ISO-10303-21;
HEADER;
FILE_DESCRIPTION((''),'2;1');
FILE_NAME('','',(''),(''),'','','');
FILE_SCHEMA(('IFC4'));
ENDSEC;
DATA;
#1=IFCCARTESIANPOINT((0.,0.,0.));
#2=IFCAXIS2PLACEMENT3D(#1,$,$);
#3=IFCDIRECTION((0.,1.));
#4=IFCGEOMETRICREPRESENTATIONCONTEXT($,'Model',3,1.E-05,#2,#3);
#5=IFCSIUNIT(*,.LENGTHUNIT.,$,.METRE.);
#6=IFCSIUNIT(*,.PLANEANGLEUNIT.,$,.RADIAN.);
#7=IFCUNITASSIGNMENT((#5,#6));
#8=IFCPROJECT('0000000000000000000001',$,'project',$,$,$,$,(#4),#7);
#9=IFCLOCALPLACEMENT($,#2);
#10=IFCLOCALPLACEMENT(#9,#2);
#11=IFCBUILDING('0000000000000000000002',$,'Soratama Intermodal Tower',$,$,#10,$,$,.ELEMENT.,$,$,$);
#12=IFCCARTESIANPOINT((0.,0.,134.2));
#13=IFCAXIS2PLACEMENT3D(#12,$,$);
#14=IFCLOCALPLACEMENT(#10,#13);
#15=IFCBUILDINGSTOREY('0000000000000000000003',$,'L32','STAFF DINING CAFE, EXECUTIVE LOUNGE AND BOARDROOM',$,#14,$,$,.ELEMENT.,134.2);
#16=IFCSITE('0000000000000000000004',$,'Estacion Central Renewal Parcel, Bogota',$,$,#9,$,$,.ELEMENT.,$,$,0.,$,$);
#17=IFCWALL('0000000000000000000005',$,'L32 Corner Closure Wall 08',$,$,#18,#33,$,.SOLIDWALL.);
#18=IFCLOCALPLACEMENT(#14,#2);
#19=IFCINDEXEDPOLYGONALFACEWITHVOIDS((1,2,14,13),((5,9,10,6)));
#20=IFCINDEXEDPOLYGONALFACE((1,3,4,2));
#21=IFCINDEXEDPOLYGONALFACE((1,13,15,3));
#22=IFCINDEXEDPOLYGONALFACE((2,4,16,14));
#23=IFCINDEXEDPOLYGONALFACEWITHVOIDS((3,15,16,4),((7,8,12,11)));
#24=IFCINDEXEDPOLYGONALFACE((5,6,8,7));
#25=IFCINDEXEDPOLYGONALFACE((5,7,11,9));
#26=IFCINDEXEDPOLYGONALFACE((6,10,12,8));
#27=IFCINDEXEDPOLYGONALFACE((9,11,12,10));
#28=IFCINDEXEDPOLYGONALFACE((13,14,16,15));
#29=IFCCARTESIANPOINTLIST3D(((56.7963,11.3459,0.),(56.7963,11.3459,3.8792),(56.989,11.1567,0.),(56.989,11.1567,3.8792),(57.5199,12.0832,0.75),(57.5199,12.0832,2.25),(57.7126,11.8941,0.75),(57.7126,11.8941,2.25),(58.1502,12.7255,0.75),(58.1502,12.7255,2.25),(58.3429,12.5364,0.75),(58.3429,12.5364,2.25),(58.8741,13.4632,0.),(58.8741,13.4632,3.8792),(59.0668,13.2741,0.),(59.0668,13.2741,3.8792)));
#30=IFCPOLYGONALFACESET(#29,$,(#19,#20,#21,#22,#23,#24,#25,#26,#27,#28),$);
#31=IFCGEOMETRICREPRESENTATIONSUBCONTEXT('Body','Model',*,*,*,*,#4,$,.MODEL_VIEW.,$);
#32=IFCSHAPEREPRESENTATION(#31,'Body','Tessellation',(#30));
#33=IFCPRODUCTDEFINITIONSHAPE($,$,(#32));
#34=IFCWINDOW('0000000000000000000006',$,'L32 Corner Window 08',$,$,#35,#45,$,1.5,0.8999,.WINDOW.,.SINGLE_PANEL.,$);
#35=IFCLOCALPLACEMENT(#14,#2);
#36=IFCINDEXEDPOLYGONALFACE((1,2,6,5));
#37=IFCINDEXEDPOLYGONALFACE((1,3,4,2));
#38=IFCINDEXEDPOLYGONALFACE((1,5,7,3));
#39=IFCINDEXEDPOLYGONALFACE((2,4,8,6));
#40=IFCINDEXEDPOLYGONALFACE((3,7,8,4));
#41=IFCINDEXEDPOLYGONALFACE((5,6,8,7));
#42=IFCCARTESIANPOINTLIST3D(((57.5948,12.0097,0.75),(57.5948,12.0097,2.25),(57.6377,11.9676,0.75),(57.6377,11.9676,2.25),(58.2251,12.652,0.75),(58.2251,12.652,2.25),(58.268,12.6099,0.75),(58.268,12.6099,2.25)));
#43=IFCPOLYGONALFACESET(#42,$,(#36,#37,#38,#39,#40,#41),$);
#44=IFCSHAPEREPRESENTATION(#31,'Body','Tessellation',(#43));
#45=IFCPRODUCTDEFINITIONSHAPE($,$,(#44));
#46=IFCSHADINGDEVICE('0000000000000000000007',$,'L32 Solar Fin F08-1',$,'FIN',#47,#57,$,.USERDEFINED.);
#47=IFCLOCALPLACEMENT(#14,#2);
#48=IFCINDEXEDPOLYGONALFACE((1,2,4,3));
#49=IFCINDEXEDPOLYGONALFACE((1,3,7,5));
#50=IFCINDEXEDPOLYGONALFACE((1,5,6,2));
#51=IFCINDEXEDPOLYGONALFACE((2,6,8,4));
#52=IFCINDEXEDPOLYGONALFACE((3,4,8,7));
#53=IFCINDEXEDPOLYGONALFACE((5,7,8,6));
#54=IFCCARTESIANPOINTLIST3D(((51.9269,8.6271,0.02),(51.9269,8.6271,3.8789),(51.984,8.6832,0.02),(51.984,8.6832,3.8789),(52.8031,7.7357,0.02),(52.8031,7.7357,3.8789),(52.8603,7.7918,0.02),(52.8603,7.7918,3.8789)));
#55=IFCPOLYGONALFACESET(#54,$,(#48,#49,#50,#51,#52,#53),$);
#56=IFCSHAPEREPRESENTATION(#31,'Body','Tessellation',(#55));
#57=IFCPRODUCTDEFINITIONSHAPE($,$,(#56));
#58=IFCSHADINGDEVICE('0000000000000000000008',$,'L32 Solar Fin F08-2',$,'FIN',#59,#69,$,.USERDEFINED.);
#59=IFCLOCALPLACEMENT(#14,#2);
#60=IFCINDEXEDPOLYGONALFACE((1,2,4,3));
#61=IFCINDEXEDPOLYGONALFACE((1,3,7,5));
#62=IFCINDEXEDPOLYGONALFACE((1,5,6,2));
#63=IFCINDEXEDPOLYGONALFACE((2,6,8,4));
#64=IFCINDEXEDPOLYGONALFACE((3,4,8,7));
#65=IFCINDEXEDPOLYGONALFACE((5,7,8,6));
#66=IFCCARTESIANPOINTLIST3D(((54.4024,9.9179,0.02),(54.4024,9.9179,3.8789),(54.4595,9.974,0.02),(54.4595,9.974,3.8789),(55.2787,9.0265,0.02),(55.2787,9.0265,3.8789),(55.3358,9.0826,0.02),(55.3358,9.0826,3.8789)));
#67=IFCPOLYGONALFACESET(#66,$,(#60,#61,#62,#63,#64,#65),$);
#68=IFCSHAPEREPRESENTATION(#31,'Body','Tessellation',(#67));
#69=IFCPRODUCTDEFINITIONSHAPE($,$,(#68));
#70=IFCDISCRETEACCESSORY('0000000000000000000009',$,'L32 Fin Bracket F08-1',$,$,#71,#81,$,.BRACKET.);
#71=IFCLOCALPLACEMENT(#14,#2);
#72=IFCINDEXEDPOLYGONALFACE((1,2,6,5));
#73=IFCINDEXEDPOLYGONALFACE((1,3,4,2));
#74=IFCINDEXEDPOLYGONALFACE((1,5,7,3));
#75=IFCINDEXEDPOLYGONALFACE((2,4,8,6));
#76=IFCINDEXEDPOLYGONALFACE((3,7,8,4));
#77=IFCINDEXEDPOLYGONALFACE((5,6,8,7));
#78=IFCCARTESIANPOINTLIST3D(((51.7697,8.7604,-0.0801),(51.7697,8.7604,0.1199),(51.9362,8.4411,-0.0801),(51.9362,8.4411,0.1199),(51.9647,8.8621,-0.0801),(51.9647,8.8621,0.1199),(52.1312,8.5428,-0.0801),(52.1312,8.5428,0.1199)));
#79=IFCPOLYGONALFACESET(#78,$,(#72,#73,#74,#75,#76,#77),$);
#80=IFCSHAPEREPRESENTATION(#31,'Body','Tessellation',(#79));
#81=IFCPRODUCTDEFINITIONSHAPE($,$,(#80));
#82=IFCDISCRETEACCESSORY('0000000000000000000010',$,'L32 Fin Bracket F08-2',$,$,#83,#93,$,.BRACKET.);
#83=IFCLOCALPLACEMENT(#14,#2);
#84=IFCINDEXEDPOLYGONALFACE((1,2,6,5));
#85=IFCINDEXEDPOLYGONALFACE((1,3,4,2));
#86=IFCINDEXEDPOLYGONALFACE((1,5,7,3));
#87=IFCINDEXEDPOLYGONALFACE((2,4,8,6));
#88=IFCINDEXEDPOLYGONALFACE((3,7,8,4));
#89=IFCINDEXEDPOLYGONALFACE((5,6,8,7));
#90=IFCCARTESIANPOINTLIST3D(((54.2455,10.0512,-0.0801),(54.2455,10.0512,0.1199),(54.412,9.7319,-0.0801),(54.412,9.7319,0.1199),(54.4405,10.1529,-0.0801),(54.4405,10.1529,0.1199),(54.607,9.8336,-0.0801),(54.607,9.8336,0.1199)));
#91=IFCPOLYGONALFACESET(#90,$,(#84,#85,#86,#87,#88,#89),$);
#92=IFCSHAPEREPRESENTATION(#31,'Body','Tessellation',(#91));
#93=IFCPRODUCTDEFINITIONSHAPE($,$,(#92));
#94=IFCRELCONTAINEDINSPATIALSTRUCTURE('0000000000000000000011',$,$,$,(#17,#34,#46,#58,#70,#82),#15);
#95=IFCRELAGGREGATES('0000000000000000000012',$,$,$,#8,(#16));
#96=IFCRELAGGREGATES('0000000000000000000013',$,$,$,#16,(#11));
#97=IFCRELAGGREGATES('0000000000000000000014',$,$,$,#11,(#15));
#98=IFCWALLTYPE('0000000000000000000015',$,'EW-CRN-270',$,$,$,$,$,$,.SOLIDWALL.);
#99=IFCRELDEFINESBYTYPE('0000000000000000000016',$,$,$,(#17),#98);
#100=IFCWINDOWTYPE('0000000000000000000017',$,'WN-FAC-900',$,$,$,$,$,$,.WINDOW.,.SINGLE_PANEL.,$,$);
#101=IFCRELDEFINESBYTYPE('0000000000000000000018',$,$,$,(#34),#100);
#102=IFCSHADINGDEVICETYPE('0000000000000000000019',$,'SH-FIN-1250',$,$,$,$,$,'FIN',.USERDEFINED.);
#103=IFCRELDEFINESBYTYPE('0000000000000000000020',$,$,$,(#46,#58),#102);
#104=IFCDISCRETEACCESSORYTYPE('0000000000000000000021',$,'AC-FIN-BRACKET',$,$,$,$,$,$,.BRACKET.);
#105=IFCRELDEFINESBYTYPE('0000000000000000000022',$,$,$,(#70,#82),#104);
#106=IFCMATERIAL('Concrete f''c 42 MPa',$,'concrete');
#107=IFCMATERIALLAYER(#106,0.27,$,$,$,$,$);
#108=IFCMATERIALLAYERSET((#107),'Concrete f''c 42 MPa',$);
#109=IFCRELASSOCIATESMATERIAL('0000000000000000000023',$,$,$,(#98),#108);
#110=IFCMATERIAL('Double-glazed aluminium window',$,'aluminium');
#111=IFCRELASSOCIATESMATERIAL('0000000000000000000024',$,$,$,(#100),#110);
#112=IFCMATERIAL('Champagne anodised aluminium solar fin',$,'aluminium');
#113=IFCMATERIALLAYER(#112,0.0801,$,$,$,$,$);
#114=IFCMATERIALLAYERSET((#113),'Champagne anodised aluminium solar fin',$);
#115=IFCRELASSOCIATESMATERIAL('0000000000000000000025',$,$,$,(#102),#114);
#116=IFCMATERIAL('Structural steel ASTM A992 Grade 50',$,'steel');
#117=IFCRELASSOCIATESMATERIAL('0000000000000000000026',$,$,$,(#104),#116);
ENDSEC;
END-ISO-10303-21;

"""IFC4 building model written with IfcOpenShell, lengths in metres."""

from ifc_helpers import new_model, si_unit, direction, frame, frame_2d, origin, origin_2d, place, context, subcontext, project, spatial, rectangle, extrude, material, layer, layer_set, type_object, element, fill, save


model = new_model("IFC4")

# Units and contexts
model_context = context("Model", 3, precision=1e-05, world=origin(), true_north=direction((0.0, 1.0)))
body_context = subcontext(model_context, "Body", "Model", "MODEL_VIEW")
ifc_project = project(units=[si_unit("LENGTHUNIT", "METRE"), si_unit("PLANEANGLEUNIT", "RADIAN")], contexts=[model_context])

# Site, building, storey
site_placement = place(None, origin())
site = spatial("IfcSite", under=ifc_project, at=site_placement, Name="Estacion Central Renewal Parcel, Bogota", CompositionType="ELEMENT", RefElevation=0.0)
building_placement = place(site_placement, origin())
building = spatial("IfcBuilding", under=site, at=building_placement, Name="Soratama Intermodal Tower", CompositionType="ELEMENT")
storey_placement = place(building_placement, frame((0.0, 0.0, 134.2)))
storey = spatial("IfcBuildingStorey", under=building, at=storey_placement, Name="L32", Description="STAFF DINING CAFE, EXECUTIVE LOUNGE AND BOARDROOM", CompositionType="ELEMENT", Elevation=134.2)

# Wall, opening, window
ifc_material_1 = material(Name="Concrete f'c 42 MPa", Category="concrete")
ifc_layer_1 = layer(ifc_material_1, 0.27)
ifc_layer_set_1 = layer_set([ifc_layer_1], Name="Concrete f'c 42 MPa")
wall_type = type_object("IfcWallType", Name="EW-CRN-270", PredefinedType="SOLIDWALL", material=ifc_layer_set_1)
wall_placement = place(storey_placement, frame((56.8926, 11.2512, 0.0), z_axis=(0.0, 0.0, 1.0), x_axis=(0.700409, 0.713741, 0.0)))
wall = element("IfcWall", 1, at=wall_placement, inside=storey, type_object=wall_type, Name="L32 Corner Closure Wall 08", PredefinedType="SOLIDWALL", context=body_context, shape_type="SweptSolid", body=[
    extrude(rectangle(XDim=2.9666, YDim=0.27, at=frame_2d((1.4834, 0.0))), origin(), (0.0, 0.0, 1.0), 3.8792),
])
opening_placement = place(wall_placement, frame((1.0332, 0.0, 0.75)))
opening = element("IfcOpeningElement", 2, at=opening_placement, cuts=wall, PredefinedType="OPENING", context=body_context, shape_type="SweptSolid", body=[
    extrude(rectangle(XDim=0.8999, YDim=1.5, at=frame_2d((0.45, 0.75))), frame((0.0, 0.145, 0.0), z_axis=(0.0, -1.0, 0.0), x_axis=(1.0, 0.0, 0.0)), (0.0, 0.0, 1.0), 0.29),
])
ifc_material_2 = material(Name="Double-glazed aluminium window", Category="aluminium")
window_type = type_object("IfcWindowType", Name="WN-FAC-900", PartitioningType="SINGLE_PANEL", PredefinedType="WINDOW", material=ifc_material_2)
window_placement = place(opening_placement, origin())
window = element("IfcWindow", 3, at=window_placement, inside=storey, type_object=window_type, Name="L32 Corner Window 08", OverallHeight=1.5, OverallWidth=0.8999, PartitioningType="SINGLE_PANEL", PredefinedType="WINDOW", context=body_context, shape_type="SweptSolid", body=[
    extrude(rectangle(XDim=0.8999, YDim=1.5, at=frame_2d((0.45, 0.75))), frame((0.0, 0.03, 0.0), z_axis=(0.0, -1.0, 0.0), x_axis=(1.0, 0.0, 0.0)), (0.0, 0.0, 1.0), 0.0601),
])
fill(opening, window)

# Shading devices
ifc_material_3 = material(Name="Champagne anodised aluminium solar fin", Category="aluminium")
ifc_layer_2 = layer(ifc_material_3, 0.0801)
ifc_layer_set_2 = layer_set([ifc_layer_2], Name="Champagne anodised aluminium solar fin")
shading_device_type = type_object("IfcShadingDeviceType", Name="SH-FIN-1250", ElementType="FIN", PredefinedType="USERDEFINED", material=ifc_layer_set_2)
for number, where, z_axis, x_axis, name in (
    (4, (52.3936, 8.2095, 0.02), (0.0, 0.0, 1.0), (0.701034, -0.713128, 0.0), "L32 Solar Fin F08-1"),
    (5, (54.8691, 9.5002, 0.02), (0.0, 0.0, 1.0), (0.701034, -0.713128, 0.0), "L32 Solar Fin F08-2"),
):
    element("IfcShadingDevice", number, at=place(storey_placement, frame(where, z_axis=z_axis, x_axis=x_axis)), inside=storey, type_object=shading_device_type, Name=name, ObjectType="FIN", PredefinedType="USERDEFINED", context=body_context, shape_type="SweptSolid", body=[
        extrude(rectangle(XDim=1.25, YDim=0.0801, at=origin_2d()), origin(), (0.0, 0.0, 1.0), 3.8589),
    ])

# Discrete accessories
ifc_material_4 = material(Name="Structural steel ASTM A992 Grade 50", Category="steel")
discrete_accessory_type = type_object("IfcDiscreteAccessoryType", Name="AC-FIN-BRACKET", PredefinedType="BRACKET", material=ifc_material_4)
for number, where, z_axis, x_axis, name in (
    (6, (51.9504, 8.6516, -0.0801), (0.0, 0.0, 1.0), (0.462368, -0.886688, 0.0), "L32 Fin Bracket F08-1"),
    (7, (54.4263, 9.9424, -0.0801), (0.0, 0.0, 1.0), (0.462368, -0.886688, 0.0), "L32 Fin Bracket F08-2"),
):
    element("IfcDiscreteAccessory", number, at=place(storey_placement, frame(where, z_axis=z_axis, x_axis=x_axis)), inside=storey, type_object=discrete_accessory_type, Name=name, PredefinedType="BRACKET", context=body_context, shape_type="SweptSolid", body=[
        extrude(rectangle(XDim=0.3601, YDim=0.22, at=origin_2d()), origin(), (0.0, 0.0, 1.0), 0.2),
    ])

save(model, "model.ifc")
